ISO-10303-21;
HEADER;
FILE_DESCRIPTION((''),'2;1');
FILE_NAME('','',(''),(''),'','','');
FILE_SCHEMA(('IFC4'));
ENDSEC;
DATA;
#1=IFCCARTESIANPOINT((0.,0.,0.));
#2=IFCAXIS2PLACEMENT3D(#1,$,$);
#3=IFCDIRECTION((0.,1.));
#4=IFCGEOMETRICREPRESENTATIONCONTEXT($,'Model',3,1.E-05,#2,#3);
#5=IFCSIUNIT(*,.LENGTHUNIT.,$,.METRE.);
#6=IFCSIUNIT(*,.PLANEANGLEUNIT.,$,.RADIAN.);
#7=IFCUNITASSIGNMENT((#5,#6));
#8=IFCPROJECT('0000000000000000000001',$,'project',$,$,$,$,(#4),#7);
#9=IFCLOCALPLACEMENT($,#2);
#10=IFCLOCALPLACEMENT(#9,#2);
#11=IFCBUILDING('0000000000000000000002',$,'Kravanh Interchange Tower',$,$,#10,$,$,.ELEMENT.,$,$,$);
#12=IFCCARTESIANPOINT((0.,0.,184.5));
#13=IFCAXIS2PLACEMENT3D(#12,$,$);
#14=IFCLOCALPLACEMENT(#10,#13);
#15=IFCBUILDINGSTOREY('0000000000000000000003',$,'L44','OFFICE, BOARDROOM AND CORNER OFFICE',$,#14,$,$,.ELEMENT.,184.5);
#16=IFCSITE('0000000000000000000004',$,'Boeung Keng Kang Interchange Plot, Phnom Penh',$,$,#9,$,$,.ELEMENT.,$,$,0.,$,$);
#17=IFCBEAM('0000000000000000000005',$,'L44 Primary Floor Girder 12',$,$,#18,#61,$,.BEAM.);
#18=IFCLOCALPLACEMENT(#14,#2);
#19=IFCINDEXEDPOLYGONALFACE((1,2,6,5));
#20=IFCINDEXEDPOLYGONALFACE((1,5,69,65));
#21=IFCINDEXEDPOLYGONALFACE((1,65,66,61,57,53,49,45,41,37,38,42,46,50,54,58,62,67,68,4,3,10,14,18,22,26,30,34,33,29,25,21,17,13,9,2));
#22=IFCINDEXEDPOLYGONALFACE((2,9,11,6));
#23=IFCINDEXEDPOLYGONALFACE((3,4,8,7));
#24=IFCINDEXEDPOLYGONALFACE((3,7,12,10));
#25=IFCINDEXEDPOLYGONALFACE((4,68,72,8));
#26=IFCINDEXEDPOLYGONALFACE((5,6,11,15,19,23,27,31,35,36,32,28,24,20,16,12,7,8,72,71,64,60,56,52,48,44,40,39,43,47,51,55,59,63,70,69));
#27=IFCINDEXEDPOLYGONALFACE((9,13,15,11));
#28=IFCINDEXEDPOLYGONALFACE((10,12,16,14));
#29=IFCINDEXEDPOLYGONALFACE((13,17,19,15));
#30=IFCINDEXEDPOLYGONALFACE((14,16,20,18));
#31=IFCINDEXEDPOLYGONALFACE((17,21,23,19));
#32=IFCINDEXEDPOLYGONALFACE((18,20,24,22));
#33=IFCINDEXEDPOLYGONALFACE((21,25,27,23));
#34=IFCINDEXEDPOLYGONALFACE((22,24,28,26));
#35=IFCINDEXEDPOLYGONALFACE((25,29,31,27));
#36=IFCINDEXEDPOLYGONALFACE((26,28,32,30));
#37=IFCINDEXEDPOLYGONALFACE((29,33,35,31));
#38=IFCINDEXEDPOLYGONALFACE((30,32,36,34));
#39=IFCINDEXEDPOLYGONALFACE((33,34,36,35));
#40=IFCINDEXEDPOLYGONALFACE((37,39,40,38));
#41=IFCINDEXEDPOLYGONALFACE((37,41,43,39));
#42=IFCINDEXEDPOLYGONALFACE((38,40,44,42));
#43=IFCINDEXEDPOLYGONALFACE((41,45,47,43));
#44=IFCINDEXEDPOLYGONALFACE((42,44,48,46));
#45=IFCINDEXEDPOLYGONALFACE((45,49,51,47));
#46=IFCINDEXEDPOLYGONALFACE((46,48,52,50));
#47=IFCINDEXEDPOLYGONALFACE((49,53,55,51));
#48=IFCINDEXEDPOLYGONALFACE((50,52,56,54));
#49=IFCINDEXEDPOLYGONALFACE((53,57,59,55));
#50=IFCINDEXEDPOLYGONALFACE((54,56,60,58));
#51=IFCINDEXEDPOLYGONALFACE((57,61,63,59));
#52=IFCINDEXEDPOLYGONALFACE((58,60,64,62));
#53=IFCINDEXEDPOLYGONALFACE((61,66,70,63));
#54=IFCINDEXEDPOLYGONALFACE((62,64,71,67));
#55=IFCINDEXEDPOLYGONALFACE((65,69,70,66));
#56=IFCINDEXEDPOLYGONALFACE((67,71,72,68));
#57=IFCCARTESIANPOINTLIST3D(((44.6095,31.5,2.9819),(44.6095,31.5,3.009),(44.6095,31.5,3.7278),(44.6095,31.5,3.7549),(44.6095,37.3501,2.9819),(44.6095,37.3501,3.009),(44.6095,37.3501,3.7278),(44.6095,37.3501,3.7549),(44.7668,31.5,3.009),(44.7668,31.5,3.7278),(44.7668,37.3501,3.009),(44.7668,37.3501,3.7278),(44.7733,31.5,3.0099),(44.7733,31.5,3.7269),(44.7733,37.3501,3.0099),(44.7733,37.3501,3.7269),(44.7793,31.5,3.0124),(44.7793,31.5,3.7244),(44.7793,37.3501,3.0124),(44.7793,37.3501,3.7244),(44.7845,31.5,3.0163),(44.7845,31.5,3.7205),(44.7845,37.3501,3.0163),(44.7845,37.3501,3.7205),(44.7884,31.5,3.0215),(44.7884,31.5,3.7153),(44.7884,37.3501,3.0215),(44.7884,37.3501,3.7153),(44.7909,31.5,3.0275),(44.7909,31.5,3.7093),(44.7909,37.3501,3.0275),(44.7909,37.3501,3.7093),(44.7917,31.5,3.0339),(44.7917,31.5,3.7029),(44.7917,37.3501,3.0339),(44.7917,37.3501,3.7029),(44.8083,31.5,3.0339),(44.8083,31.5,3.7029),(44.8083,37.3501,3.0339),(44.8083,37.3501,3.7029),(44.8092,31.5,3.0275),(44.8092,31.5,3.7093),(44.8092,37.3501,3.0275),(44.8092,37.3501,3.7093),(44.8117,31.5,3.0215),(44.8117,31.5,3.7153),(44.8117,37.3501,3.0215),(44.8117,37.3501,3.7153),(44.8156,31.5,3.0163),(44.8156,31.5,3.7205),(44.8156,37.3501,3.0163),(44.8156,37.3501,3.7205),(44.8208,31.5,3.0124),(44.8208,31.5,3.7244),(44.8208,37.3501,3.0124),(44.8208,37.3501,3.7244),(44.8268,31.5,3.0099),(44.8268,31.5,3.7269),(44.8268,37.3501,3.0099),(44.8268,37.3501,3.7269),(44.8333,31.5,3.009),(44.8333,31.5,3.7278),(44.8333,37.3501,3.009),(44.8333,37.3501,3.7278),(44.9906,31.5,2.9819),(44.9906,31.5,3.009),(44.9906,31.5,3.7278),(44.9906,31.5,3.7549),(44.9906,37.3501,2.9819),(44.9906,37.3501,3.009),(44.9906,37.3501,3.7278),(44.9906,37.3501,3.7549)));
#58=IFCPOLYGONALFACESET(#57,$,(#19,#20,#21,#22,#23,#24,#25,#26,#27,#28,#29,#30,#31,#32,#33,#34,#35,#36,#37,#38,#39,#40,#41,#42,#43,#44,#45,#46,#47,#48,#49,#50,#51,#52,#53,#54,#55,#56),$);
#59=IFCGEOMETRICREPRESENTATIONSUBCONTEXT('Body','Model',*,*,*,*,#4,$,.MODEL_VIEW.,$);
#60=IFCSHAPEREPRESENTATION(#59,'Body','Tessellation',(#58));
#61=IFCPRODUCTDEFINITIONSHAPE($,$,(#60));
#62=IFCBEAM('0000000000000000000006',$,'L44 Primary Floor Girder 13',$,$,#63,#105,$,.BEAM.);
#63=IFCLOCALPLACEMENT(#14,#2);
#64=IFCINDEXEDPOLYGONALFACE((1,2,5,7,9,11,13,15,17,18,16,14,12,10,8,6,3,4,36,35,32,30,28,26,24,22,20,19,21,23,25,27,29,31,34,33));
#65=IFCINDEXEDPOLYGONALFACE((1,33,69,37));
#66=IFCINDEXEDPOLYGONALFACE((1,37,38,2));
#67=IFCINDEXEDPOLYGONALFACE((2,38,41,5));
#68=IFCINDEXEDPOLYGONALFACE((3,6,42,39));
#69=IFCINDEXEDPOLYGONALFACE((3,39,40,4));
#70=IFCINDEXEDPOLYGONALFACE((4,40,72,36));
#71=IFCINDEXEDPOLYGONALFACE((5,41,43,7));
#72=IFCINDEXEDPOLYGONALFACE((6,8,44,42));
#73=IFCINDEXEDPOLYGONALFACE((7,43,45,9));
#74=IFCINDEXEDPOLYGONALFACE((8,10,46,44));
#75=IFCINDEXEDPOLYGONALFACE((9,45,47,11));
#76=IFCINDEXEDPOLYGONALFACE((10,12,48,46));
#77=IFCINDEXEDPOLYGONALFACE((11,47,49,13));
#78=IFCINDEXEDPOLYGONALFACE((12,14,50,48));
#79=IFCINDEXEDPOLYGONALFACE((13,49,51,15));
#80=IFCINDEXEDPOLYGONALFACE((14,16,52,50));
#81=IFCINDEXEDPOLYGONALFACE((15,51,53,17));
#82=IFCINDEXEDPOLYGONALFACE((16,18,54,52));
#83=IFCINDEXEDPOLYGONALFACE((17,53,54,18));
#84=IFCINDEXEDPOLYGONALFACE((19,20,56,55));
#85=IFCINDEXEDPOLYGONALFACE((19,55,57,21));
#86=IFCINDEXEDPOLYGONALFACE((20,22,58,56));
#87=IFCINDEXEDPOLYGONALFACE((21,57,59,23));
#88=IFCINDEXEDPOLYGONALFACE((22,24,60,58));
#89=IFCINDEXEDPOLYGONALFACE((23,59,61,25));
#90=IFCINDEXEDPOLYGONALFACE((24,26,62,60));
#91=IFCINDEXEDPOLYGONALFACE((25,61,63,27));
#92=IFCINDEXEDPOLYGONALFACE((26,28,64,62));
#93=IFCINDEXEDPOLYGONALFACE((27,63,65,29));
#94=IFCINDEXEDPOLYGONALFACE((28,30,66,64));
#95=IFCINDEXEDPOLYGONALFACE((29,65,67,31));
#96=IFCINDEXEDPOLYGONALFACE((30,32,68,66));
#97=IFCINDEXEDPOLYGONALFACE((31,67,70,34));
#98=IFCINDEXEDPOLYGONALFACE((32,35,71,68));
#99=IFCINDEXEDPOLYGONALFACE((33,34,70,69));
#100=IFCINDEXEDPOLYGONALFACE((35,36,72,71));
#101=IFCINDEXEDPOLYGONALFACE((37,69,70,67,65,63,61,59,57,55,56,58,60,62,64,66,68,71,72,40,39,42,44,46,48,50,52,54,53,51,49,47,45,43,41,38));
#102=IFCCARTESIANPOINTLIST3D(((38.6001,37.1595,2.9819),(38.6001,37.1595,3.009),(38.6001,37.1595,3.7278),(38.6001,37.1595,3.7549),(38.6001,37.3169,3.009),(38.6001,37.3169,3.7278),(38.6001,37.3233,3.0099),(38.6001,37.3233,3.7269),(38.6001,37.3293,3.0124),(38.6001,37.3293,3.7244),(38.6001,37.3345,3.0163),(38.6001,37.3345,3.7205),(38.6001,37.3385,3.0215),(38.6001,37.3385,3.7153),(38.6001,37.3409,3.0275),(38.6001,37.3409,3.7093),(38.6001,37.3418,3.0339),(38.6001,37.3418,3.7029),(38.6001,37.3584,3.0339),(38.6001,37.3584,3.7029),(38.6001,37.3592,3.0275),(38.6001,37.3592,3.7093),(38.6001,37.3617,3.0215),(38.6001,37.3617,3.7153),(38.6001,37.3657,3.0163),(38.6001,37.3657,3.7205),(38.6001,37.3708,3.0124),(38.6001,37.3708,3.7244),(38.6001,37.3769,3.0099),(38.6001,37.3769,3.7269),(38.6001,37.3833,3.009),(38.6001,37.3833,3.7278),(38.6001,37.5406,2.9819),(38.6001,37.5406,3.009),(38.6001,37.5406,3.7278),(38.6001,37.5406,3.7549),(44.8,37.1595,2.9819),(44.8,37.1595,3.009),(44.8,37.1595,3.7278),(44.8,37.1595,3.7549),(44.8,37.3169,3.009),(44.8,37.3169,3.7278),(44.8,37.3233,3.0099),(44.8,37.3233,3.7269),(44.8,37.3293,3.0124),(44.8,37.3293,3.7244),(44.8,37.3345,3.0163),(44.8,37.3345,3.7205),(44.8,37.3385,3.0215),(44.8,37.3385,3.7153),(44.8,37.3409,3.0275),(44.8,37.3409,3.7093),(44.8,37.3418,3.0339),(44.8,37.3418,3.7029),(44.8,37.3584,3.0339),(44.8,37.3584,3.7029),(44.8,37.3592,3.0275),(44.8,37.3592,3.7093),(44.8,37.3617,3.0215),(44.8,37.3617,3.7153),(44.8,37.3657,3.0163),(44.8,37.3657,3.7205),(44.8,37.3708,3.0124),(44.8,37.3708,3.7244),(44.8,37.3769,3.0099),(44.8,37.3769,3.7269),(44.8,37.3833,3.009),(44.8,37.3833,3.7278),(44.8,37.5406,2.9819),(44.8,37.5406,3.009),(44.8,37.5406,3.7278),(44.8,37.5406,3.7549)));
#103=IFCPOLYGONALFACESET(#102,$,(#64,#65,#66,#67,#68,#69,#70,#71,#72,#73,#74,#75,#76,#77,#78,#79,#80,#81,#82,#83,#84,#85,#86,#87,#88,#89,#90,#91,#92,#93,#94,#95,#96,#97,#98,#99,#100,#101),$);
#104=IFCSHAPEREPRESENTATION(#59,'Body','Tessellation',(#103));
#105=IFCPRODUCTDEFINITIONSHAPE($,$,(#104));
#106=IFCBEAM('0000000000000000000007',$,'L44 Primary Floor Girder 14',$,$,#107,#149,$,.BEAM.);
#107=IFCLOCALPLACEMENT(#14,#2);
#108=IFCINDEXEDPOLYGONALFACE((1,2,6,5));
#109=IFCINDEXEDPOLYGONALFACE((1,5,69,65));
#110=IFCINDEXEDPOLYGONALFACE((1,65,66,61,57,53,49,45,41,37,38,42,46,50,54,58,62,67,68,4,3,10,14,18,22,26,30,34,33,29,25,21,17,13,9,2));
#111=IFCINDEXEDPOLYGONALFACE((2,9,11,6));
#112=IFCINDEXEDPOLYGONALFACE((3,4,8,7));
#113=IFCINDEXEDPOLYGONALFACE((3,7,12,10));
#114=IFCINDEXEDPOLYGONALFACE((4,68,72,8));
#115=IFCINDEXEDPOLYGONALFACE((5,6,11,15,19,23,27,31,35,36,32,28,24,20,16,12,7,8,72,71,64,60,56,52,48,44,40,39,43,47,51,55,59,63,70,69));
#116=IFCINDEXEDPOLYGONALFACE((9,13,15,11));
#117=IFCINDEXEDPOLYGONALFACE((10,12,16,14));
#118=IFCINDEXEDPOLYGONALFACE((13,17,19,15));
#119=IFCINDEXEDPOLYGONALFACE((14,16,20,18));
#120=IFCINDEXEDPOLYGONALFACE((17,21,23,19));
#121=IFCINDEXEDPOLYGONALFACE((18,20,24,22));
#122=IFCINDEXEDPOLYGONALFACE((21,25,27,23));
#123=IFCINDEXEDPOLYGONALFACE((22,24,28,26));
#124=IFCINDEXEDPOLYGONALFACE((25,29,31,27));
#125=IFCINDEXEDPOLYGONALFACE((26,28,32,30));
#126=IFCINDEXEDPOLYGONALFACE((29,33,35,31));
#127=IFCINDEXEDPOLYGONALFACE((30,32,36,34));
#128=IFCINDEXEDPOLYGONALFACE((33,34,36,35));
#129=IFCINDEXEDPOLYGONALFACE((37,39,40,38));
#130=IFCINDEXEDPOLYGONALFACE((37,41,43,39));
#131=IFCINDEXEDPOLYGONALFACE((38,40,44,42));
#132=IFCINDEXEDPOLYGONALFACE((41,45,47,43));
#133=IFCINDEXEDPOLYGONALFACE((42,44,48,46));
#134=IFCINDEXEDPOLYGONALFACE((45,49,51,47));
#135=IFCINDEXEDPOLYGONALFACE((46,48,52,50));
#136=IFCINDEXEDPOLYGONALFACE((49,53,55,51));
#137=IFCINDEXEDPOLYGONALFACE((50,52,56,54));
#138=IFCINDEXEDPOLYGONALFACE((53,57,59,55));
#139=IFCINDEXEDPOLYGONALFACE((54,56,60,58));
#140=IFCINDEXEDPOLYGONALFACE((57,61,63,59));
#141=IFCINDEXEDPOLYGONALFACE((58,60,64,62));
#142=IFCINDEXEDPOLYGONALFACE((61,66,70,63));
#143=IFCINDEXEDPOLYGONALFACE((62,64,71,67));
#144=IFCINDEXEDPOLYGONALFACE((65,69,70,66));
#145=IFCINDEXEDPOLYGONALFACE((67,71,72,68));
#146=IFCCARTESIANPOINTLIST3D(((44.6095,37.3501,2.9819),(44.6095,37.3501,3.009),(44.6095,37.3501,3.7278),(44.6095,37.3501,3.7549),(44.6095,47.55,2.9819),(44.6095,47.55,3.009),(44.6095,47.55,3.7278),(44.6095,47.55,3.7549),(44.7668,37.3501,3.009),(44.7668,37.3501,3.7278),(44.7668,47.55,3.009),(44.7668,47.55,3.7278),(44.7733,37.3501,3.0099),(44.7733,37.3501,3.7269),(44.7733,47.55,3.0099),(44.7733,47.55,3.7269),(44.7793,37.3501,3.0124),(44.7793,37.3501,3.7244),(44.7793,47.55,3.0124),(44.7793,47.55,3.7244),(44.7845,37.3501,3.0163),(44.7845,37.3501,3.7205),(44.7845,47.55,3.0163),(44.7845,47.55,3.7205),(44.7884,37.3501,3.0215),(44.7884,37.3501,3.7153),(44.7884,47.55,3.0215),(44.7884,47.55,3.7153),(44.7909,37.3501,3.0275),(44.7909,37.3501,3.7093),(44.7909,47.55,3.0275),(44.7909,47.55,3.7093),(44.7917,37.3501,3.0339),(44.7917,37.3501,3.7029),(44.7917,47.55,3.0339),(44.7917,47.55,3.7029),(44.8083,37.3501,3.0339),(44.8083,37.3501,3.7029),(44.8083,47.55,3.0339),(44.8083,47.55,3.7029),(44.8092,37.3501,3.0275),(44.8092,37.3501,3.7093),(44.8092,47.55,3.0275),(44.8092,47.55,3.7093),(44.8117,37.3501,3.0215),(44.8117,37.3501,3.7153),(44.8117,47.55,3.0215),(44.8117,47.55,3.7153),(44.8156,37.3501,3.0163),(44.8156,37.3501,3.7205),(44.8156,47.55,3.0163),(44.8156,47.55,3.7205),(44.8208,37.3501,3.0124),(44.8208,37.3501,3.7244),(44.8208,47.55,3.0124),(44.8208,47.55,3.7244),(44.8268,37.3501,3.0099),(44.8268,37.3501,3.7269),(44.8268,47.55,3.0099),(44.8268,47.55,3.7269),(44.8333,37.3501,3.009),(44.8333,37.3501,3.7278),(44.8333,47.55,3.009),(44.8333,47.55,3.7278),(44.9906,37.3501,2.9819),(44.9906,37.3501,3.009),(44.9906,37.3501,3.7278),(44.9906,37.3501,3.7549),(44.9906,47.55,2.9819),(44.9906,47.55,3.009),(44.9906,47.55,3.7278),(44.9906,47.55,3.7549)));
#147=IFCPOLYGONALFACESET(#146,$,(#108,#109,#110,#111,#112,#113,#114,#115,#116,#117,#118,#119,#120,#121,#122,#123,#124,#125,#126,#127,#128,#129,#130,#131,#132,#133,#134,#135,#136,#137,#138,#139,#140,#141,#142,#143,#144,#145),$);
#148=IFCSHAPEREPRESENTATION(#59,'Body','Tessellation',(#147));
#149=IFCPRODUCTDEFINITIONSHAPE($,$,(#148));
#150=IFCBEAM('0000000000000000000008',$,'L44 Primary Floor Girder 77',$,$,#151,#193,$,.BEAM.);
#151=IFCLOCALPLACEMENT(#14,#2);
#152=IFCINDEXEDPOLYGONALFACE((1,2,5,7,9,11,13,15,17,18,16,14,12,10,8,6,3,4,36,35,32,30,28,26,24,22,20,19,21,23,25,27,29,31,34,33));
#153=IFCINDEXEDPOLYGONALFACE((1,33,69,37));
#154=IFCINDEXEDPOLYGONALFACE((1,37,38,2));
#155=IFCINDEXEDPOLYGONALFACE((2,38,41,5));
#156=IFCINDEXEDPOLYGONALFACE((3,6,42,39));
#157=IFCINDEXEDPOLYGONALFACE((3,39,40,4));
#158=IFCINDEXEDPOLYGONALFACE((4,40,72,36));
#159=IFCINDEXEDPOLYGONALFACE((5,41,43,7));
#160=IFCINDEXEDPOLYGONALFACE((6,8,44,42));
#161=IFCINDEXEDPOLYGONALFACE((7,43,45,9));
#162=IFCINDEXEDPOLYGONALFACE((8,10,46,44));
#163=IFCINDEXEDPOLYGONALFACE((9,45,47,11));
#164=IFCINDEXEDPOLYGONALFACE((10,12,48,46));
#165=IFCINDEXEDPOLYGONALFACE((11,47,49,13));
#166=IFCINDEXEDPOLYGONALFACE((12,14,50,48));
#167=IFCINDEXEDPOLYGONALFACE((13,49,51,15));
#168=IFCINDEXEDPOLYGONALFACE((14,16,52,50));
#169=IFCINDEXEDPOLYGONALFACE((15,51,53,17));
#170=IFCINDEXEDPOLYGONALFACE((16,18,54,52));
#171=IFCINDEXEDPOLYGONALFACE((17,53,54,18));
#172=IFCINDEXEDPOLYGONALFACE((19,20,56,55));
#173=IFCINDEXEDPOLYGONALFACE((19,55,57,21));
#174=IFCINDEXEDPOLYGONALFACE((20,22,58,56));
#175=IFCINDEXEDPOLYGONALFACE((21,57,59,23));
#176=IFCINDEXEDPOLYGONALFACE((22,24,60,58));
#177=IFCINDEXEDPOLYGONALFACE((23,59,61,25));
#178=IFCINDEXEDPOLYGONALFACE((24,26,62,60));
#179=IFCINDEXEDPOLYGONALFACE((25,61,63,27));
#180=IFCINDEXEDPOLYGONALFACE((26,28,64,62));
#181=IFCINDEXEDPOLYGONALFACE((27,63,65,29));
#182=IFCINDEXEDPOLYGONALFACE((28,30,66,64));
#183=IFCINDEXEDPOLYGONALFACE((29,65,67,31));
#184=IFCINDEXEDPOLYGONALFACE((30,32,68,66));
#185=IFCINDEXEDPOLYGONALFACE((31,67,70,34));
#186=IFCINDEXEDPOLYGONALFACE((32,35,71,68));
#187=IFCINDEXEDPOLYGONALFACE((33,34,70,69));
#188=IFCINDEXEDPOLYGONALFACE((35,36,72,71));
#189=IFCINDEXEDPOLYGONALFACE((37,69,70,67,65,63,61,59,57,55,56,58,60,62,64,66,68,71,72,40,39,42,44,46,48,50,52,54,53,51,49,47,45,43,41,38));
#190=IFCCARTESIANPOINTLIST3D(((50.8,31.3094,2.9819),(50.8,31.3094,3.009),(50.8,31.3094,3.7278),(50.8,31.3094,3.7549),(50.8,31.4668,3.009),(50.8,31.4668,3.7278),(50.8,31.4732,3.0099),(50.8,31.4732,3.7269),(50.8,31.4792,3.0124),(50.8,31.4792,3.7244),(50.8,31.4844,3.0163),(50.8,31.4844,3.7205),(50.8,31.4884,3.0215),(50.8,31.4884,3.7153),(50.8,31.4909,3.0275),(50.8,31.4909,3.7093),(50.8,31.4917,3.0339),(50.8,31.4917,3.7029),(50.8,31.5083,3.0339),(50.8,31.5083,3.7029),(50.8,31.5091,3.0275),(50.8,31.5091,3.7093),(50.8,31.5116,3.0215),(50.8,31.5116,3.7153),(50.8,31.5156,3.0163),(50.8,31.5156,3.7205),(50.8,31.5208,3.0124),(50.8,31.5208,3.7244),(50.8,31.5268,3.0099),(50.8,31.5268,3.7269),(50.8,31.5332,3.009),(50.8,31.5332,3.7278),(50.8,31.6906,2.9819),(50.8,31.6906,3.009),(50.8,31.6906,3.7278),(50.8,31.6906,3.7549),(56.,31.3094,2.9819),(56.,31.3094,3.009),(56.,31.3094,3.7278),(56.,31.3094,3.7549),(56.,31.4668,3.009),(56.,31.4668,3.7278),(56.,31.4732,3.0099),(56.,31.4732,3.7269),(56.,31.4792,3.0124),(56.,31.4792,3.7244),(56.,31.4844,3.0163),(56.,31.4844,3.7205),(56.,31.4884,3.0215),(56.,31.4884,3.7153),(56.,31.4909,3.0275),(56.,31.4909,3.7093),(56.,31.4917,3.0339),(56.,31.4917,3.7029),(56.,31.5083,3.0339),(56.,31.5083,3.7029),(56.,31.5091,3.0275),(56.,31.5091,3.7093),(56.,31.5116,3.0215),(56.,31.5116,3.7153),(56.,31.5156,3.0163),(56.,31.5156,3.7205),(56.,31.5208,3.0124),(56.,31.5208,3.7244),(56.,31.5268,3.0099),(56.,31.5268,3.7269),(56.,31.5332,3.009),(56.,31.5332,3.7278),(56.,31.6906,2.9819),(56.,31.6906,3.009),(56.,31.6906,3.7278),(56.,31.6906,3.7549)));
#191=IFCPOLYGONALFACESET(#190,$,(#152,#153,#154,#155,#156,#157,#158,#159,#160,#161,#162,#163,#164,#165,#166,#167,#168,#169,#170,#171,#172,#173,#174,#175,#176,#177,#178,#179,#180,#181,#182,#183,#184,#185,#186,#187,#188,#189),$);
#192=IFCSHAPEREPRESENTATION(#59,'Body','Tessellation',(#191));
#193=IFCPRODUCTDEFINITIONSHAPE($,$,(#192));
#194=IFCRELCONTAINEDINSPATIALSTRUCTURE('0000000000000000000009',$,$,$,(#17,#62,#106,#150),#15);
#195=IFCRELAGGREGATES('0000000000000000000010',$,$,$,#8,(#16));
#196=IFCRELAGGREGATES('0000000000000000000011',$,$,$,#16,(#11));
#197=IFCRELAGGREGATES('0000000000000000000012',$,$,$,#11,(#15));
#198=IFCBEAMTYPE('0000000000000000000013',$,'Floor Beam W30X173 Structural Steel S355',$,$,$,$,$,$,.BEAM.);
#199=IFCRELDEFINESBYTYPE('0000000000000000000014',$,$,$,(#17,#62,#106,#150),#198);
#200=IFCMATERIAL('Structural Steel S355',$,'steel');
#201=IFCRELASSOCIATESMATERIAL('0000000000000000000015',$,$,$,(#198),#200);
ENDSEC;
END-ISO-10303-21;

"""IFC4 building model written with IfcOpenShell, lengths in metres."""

from ifc_helpers import new_model, si_unit, direction, frame, origin, origin_2d, place, context, subcontext, project, spatial, i_section, extrude, material, material_profile, profile_set, type_object, element, save


model = new_model("IFC4")

# Units and contexts
model_context = context("Model", 3, precision=1e-05, world=origin(), true_north=direction((0.0, 1.0)))
body_context = subcontext(model_context, "Body", "Model", "MODEL_VIEW")
ifc_project = project(units=[si_unit("LENGTHUNIT", "METRE"), si_unit("PLANEANGLEUNIT", "RADIAN")], contexts=[model_context])

# Site, building, storey
site_placement = place(None, origin())
site = spatial("IfcSite", under=ifc_project, at=site_placement, Name="Boeung Keng Kang Interchange Plot, Phnom Penh", CompositionType="ELEMENT", RefElevation=0.0)
building_placement = place(site_placement, origin())
building = spatial("IfcBuilding", under=site, at=building_placement, Name="Kravanh Interchange Tower", CompositionType="ELEMENT")
storey_placement = place(building_placement, frame((0.0, 0.0, 184.5)))
storey = spatial("IfcBuildingStorey", under=building, at=storey_placement, Name="L44", Description="OFFICE, BOARDROOM AND CORNER OFFICE", CompositionType="ELEMENT", Elevation=184.5)

# Beams
ifc_material_1 = material(Name="Structural Steel S355", Category="steel")
ifc_material_profile_1 = material_profile(ifc_material_1, i_section(OverallWidth=0.3811, OverallDepth=0.7729, WebThickness=0.0166, FlangeThickness=0.0271, FilletRadius=0.0249, at=origin_2d()), Name="W30X173")
ifc_profile_set_1 = profile_set([ifc_material_profile_1], Name="Structural Steel S355")
beam_type_1 = type_object("IfcBeamType", Name="Floor Beam W30X173 Structural Steel S355", PredefinedType="BEAM", material=ifc_profile_set_1)
beam_1_placement = place(storey_placement, frame((44.8, 37.3501, 3.3684), z_axis=(0.0, -1.0, 0.0), x_axis=(1.0, 0.0, 0.0)))
element("IfcBeam", 1, at=beam_1_placement, inside=storey, type_object=beam_type_1, Name="L44 Primary Floor Girder 12", PredefinedType="BEAM", context=body_context, shape_type="SweptSolid", body=[
    extrude(i_section(OverallWidth=0.3811, OverallDepth=0.7729, WebThickness=0.0166, FlangeThickness=0.0271, FilletRadius=0.0249, at=origin_2d()), origin(), (0.0, 0.0, 1.0), 5.8501),
])
beam_2_placement = place(storey_placement, frame((44.8, 37.3501, 3.3684), z_axis=(-1.0, 0.0, 0.0), x_axis=(0.0, -1.0, 0.0)))
element("IfcBeam", 2, at=beam_2_placement, inside=storey, type_object=beam_type_1, Name="L44 Primary Floor Girder 13", PredefinedType="BEAM", context=body_context, shape_type="SweptSolid", body=[
    extrude(i_section(OverallWidth=0.3811, OverallDepth=0.7729, WebThickness=0.0166, FlangeThickness=0.0271, FilletRadius=0.0249, at=origin_2d()), origin(), (0.0, 0.0, 1.0), 6.2),
])
beam_3_placement = place(storey_placement, frame((44.8, 37.3501, 3.3684), z_axis=(0.0, 1.0, 0.0), x_axis=(-1.0, 0.0, 0.0)))
element("IfcBeam", 3, at=beam_3_placement, inside=storey, type_object=beam_type_1, Name="L44 Primary Floor Girder 14", PredefinedType="BEAM", context=body_context, shape_type="SweptSolid", body=[
    extrude(i_section(OverallWidth=0.3811, OverallDepth=0.7729, WebThickness=0.0166, FlangeThickness=0.0271, FilletRadius=0.0249, at=origin_2d()), origin(), (0.0, 0.0, 1.0), 10.2),
])
beam_4_placement = place(storey_placement, frame((50.8, 31.5, 3.3684), z_axis=(1.0, 0.0, 0.0), x_axis=(0.0, 1.0, 0.0)))
element("IfcBeam", 4, at=beam_4_placement, inside=storey, type_object=beam_type_1, Name="L44 Primary Floor Girder 77", PredefinedType="BEAM", context=body_context, shape_type="SweptSolid", body=[
    extrude(i_section(OverallWidth=0.3811, OverallDepth=0.7729, WebThickness=0.0166, FlangeThickness=0.0271, FilletRadius=0.0249, at=origin_2d()), origin(), (0.0, 0.0, 1.0), 5.2),
])

save(model, "model.ifc")
